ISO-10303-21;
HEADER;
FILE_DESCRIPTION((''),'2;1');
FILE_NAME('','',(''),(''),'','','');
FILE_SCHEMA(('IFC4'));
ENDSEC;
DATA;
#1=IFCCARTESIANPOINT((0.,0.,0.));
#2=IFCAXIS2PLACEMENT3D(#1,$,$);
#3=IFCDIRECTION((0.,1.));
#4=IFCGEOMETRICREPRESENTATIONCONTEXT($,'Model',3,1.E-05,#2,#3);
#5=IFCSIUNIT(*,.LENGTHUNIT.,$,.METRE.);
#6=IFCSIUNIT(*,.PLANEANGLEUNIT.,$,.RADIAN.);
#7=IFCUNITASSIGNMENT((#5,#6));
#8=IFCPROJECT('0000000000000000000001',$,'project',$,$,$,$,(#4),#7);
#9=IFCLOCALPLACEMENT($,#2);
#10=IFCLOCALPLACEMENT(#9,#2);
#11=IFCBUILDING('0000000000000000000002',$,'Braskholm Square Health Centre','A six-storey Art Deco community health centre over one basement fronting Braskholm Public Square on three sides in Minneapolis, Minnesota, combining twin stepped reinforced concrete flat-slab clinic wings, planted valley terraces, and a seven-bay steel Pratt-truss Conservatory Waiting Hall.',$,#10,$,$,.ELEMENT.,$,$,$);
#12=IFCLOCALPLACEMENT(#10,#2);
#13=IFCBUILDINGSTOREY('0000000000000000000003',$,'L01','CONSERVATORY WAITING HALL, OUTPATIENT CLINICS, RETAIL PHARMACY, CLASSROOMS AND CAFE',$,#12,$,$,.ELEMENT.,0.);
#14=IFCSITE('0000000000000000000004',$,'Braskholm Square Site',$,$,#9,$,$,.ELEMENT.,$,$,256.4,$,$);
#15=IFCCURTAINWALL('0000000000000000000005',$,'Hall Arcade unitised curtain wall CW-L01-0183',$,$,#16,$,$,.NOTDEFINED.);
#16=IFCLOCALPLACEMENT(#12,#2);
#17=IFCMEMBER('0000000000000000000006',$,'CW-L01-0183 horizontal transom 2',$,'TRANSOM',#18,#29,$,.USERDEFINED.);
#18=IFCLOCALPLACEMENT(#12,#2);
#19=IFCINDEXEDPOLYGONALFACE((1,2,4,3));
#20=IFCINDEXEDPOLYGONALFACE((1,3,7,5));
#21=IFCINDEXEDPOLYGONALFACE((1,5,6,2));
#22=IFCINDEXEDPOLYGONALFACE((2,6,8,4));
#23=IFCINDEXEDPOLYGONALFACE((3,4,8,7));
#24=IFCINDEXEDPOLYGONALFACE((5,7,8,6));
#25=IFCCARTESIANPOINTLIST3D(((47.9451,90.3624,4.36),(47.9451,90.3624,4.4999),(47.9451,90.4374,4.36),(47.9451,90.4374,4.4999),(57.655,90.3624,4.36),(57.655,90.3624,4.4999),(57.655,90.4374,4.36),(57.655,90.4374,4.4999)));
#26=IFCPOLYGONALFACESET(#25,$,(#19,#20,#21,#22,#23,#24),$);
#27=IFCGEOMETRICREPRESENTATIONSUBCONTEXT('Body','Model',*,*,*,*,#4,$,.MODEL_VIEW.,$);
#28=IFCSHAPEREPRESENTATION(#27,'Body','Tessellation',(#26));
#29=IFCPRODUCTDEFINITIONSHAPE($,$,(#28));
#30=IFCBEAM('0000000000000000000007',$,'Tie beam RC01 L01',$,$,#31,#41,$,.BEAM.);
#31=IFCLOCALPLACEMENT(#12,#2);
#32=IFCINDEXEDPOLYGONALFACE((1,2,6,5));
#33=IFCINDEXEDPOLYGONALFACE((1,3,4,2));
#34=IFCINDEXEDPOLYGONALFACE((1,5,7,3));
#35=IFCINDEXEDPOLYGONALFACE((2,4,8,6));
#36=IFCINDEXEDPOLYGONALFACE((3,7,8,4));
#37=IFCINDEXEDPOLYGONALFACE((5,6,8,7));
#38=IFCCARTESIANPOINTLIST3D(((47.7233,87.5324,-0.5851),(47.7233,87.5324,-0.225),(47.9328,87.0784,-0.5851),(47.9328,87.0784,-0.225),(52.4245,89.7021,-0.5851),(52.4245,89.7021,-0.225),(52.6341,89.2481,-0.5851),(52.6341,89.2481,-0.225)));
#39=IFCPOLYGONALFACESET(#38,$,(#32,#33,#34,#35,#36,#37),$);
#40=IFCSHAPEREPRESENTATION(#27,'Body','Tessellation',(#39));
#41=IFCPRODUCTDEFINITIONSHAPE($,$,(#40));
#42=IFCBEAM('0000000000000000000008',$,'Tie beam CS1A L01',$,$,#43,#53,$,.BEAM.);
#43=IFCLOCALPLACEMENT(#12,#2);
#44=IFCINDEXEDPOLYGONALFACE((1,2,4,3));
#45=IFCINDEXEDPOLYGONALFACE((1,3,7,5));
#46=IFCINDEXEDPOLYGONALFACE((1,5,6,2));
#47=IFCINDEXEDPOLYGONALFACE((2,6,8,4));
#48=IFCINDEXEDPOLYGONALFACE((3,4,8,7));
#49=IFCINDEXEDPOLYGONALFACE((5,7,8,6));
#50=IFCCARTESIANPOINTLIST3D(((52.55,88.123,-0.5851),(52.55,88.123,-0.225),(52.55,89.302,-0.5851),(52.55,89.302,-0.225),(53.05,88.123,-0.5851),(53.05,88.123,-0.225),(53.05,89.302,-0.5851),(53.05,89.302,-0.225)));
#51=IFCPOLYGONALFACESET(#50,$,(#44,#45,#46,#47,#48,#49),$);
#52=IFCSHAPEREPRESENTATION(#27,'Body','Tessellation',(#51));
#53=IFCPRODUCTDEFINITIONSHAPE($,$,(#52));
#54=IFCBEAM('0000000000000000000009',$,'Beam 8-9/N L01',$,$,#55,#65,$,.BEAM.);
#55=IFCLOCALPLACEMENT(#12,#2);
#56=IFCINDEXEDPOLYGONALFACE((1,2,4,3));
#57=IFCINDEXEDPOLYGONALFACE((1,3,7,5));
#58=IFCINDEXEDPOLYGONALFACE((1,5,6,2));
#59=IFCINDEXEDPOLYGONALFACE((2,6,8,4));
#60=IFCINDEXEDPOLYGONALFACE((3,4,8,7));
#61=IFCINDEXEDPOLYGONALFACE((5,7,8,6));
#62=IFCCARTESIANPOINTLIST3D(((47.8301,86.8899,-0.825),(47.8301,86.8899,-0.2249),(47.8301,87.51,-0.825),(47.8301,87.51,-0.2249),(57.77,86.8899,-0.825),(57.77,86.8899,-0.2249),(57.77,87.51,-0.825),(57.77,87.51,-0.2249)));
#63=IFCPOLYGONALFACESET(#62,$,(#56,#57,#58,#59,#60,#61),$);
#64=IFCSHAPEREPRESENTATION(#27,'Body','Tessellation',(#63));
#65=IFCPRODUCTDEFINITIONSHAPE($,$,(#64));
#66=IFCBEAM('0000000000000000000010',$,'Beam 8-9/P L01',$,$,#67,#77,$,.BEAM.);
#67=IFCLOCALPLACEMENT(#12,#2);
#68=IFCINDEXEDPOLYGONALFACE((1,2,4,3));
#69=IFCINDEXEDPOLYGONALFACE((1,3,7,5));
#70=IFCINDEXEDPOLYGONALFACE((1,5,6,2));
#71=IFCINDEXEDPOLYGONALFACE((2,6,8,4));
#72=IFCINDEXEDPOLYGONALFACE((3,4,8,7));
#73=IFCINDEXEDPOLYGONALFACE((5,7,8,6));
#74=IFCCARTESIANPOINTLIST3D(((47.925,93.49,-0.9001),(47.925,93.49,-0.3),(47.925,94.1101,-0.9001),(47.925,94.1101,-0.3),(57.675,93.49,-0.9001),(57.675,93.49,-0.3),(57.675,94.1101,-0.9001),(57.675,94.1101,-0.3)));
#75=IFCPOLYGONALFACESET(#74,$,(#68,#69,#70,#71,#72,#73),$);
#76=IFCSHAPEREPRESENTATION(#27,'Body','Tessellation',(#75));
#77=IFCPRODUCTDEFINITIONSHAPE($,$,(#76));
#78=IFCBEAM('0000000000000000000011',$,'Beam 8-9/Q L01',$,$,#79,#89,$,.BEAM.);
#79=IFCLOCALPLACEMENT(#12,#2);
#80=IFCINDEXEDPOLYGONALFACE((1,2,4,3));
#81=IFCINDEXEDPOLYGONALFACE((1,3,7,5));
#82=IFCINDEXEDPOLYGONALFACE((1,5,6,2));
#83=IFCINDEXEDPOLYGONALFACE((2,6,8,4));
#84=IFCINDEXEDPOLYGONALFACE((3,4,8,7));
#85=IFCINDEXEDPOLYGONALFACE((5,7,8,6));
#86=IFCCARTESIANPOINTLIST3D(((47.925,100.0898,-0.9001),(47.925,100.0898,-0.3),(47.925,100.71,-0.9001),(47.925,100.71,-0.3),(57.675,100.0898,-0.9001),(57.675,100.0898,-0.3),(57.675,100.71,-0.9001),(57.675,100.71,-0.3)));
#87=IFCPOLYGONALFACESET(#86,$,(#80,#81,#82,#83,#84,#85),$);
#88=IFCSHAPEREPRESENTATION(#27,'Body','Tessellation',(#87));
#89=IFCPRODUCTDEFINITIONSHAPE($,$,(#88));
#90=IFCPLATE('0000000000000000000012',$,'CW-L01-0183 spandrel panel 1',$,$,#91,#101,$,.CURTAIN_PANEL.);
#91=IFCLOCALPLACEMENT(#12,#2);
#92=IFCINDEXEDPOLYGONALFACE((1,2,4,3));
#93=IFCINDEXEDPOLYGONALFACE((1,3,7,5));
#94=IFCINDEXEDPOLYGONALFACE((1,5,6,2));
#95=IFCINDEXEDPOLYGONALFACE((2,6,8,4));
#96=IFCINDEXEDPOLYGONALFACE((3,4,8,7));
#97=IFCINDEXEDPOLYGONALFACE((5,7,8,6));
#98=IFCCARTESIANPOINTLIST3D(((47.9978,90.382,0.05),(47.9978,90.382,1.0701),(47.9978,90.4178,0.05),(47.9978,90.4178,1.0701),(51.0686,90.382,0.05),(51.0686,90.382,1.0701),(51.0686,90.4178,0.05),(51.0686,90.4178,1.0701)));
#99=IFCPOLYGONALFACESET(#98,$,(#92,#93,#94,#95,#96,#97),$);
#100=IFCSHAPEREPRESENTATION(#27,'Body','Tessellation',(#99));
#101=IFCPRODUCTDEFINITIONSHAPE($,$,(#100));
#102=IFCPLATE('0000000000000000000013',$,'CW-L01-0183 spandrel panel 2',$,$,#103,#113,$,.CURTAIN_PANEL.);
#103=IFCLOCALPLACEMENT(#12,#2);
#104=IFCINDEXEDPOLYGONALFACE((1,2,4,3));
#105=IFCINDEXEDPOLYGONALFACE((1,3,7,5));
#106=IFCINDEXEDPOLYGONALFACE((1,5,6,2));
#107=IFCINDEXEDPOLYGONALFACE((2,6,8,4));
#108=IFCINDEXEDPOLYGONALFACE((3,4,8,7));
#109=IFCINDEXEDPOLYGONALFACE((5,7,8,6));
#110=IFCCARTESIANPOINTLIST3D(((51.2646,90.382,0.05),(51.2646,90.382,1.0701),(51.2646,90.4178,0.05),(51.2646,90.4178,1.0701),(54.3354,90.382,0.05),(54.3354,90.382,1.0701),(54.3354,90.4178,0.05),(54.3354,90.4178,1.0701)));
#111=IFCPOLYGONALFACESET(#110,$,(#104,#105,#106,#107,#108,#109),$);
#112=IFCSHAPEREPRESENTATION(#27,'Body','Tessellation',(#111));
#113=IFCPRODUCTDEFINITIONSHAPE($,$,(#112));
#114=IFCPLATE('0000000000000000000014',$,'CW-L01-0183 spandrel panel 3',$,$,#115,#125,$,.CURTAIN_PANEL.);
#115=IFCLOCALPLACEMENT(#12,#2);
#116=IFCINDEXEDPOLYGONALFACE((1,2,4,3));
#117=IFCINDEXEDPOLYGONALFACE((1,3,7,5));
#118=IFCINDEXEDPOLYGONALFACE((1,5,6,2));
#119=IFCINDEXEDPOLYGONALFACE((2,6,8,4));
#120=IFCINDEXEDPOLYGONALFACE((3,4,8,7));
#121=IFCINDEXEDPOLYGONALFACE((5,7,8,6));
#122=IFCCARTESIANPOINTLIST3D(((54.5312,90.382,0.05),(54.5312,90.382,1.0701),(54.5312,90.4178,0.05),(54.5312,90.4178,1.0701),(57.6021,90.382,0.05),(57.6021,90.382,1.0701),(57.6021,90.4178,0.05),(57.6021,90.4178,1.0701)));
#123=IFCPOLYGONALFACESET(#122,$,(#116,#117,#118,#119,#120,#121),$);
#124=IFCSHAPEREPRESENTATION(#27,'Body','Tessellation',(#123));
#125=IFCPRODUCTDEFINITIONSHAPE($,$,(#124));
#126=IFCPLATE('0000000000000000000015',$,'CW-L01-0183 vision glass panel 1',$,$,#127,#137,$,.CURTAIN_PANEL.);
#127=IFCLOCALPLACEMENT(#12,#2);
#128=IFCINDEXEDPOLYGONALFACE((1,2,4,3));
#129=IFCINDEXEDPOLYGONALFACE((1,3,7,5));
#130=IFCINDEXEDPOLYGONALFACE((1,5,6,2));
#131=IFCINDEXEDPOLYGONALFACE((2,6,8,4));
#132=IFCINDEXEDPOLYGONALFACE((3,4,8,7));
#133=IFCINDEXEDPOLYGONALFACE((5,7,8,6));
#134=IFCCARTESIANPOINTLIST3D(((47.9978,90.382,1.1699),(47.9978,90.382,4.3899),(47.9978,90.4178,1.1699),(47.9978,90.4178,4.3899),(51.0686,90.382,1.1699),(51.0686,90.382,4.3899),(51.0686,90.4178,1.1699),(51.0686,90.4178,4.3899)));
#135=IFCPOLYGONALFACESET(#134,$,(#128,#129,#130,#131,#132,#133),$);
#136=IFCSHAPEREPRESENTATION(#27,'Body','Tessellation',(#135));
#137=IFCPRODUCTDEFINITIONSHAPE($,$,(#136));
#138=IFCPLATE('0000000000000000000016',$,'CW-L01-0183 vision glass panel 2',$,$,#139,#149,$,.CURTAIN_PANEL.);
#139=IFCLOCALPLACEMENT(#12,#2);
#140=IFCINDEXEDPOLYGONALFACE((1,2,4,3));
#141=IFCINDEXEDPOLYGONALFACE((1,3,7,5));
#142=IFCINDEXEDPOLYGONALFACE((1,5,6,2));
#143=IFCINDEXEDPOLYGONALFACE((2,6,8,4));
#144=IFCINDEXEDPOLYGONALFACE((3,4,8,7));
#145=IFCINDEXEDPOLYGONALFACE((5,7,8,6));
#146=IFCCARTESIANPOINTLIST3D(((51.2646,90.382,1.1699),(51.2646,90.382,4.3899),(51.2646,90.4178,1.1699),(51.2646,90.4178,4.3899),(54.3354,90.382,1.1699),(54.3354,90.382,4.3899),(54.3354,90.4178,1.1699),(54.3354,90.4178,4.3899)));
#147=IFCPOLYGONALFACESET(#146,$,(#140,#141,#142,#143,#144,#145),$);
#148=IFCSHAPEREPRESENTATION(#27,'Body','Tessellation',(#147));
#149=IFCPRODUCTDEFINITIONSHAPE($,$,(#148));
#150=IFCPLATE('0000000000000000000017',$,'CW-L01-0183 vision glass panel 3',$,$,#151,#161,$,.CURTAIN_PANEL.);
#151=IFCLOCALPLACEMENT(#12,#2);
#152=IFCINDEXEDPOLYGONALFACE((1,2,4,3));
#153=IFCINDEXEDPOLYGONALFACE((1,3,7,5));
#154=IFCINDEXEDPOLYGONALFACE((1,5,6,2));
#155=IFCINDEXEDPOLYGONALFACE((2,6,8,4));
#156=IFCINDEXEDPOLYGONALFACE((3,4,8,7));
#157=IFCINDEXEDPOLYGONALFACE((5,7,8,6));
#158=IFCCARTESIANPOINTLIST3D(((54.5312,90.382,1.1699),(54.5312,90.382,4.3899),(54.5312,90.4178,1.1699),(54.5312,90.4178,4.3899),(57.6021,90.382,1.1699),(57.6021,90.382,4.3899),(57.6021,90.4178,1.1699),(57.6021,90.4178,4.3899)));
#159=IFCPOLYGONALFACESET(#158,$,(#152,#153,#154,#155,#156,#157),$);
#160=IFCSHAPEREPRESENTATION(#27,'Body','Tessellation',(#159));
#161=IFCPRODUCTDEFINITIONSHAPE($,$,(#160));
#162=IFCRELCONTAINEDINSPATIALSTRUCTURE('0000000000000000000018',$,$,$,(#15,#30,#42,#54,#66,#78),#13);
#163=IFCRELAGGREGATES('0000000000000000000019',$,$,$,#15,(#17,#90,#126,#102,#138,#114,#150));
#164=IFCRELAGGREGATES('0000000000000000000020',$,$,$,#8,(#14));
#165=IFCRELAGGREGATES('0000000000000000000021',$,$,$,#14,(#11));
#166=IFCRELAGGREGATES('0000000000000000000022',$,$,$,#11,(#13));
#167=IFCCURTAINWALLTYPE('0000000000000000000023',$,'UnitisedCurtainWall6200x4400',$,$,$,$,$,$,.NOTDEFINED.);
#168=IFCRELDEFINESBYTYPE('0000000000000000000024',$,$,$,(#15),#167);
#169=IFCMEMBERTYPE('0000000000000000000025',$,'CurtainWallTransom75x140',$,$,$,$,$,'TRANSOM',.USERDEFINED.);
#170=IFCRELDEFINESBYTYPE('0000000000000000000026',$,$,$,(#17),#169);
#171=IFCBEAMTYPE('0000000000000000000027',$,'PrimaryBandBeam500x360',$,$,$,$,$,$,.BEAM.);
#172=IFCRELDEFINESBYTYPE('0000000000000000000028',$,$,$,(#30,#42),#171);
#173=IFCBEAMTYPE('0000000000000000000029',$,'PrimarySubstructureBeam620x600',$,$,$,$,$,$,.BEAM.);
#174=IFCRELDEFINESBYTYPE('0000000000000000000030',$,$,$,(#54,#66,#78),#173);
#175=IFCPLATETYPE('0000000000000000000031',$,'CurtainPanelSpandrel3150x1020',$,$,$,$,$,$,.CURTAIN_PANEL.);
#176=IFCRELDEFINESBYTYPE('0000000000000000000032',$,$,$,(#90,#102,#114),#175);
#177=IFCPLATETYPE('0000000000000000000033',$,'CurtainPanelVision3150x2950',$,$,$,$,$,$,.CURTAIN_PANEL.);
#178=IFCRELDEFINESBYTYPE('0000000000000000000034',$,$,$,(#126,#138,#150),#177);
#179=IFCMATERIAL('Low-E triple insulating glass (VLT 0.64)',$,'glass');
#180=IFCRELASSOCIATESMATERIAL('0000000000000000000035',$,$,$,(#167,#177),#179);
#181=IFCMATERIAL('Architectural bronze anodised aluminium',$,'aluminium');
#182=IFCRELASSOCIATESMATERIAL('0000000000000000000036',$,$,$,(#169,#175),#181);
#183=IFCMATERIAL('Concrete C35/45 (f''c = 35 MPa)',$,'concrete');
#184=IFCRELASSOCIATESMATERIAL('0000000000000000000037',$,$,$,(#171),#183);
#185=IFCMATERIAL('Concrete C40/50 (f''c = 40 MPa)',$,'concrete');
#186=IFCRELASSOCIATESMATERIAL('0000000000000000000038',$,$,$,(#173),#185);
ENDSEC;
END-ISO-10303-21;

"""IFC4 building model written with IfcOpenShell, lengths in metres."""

from ifc_helpers import new_model, si_unit, direction, frame, origin, origin_2d, place, context, subcontext, project, spatial, rectangle, extrude, material, material_profile, profile_set, type_object, element, aggregate, save


model = new_model("IFC4")

# Units and contexts
model_context = context("Model", 3, precision=1e-05, world=origin(), true_north=direction((0.0, 1.0)))
body_context = subcontext(model_context, "Body", "Model", "MODEL_VIEW")
ifc_project = project(units=[si_unit("LENGTHUNIT", "METRE"), si_unit("PLANEANGLEUNIT", "RADIAN")], contexts=[model_context])

# Site, building, storey
site_placement = place(None, origin())
site = spatial("IfcSite", under=ifc_project, at=site_placement, Name="Braskholm Square Site", CompositionType="ELEMENT", RefElevation=256.4)
building_placement = place(site_placement, origin())
building = spatial("IfcBuilding", under=site, at=building_placement, Name="Braskholm Square Health Centre", Description="A six-storey Art Deco community health centre over one basement fronting Braskholm Public Square on three sides in Minneapolis, Minnesota, combining twin stepped reinforced concrete flat-slab clinic wings, planted valley terraces, and a seven-bay steel Pratt-truss Conservatory Waiting Hall.", CompositionType="ELEMENT")
storey_placement = place(building_placement, origin())
storey = spatial("IfcBuildingStorey", under=building, at=storey_placement, Name="L01", Description="CONSERVATORY WAITING HALL, OUTPATIENT CLINICS, RETAIL PHARMACY, CLASSROOMS AND CAFE", CompositionType="ELEMENT", Elevation=0.0)

# Shared definitions
ifc_material_1 = material(Name="Concrete C40/50 (f'c = 40 MPa)", Category="concrete")

# Shared definitions
ifc_material_2 = material(Name="Low-E triple insulating glass (VLT 0.64)", Category="glass")
ifc_material_3 = material(Name="Architectural bronze anodised aluminium", Category="aluminium")

# Curtain wall
curtain_wall_type_1 = type_object("IfcCurtainWallType", Name="UnitisedCurtainWall6200x4400", PredefinedType="NOTDEFINED", material=ifc_material_2)
curtain_wall_1_placement = place(storey_placement, origin())
curtain_wall_1 = element("IfcCurtainWall", 1, at=curtain_wall_1_placement, inside=storey, type_object=curtain_wall_type_1, Name="Hall Arcade unitised curtain wall CW-L01-0183", PredefinedType="NOTDEFINED")

# Member
ifc_material_profile_1 = material_profile(ifc_material_3, rectangle(XDim=0.075, YDim=0.1399, at=origin_2d()), Name="ALU-75X140")
ifc_profile_set_1 = profile_set([ifc_material_profile_1], Name="Architectural bronze anodised aluminium")
member_type_1 = type_object("IfcMemberType", Name="CurtainWallTransom75x140", ElementType="TRANSOM", PredefinedType="USERDEFINED", material=ifc_profile_set_1)
member_1_placement = place(storey_placement, frame((47.9451, 90.3999, 4.4299), z_axis=(1.0, 0.0, 0.0), x_axis=(0.0, 1.0, 0.0)))
member_1 = element("IfcMember", 2, at=member_1_placement, type_object=member_type_1, Name="CW-L01-0183 horizontal transom 2", ObjectType="TRANSOM", PredefinedType="USERDEFINED", context=body_context, shape_type="SweptSolid", body=[
    extrude(rectangle(XDim=0.075, YDim=0.1399, at=origin_2d()), origin(), (0.0, 0.0, 1.0), 9.71),
])

# Beams
ifc_material_4 = material(Name="Concrete C35/45 (f'c = 35 MPa)", Category="concrete")
ifc_material_profile_2 = material_profile(ifc_material_4, rectangle(XDim=0.5, YDim=0.3601, at=origin_2d()), Name="RCB-500X360")
ifc_profile_set_2 = profile_set([ifc_material_profile_2], Name="Concrete C35/45 (f'c = 35 MPa)")
beam_type_1 = type_object("IfcBeamType", Name="PrimaryBandBeam500x360", PredefinedType="BEAM", material=ifc_profile_set_2)
beam_1_placement = place(storey_placement, frame((52.5293, 89.4751, -0.405), z_axis=(-0.907966, -0.419043, 0.0), x_axis=(0.419043, -0.907966, 0.0)))
element("IfcBeam", 3, at=beam_1_placement, inside=storey, type_object=beam_type_1, Name="Tie beam RC01 L01", PredefinedType="BEAM", context=body_context, shape_type="SweptSolid", body=[
    extrude(rectangle(XDim=0.5, YDim=0.3601, at=origin_2d()), origin(), (0.0, 0.0, 1.0), 5.1777),
])
beam_2_placement = place(storey_placement, frame((52.8, 88.123, -0.405), z_axis=(0.0, 1.0, 0.0), x_axis=(-1.0, 0.0, 0.0)))
element("IfcBeam", 4, at=beam_2_placement, inside=storey, type_object=beam_type_1, Name="Tie beam CS1A L01", PredefinedType="BEAM", context=body_context, shape_type="SweptSolid", body=[
    extrude(rectangle(XDim=0.5, YDim=0.3601, at=origin_2d()), origin(), (0.0, 0.0, 1.0), 1.179),
])
ifc_material_profile_3 = material_profile(ifc_material_1, rectangle(XDim=0.6201, YDim=0.6001, at=origin_2d()), Name="RCB-620X600")
ifc_profile_set_3 = profile_set([ifc_material_profile_3], Name="Concrete C40/50 (f'c = 40 MPa)")
beam_type_2 = type_object("IfcBeamType", Name="PrimarySubstructureBeam620x600", PredefinedType="BEAM", material=ifc_profile_set_3)
beam_3_placement = place(storey_placement, frame((47.8301, 87.2, -0.5249), z_axis=(1.0, 0.0, 0.0), x_axis=(0.0, 1.0, 0.0)))
element("IfcBeam", 5, at=beam_3_placement, inside=storey, type_object=beam_type_2, Name="Beam 8-9/N L01", PredefinedType="BEAM", context=body_context, shape_type="SweptSolid", body=[
    extrude(rectangle(XDim=0.6201, YDim=0.6001, at=origin_2d()), origin(), (0.0, 0.0, 1.0), 9.9399),
])
for number, where, z_axis, x_axis, name in (
    (6, (47.925, 93.8, -0.6001), (1.0, 0.0, 0.0), (0.0, 1.0, 0.0), "Beam 8-9/P L01"),
    (7, (47.925, 100.3999, -0.6001), (1.0, 0.0, 0.0), (0.0, 1.0, 0.0), "Beam 8-9/Q L01"),
):
    element("IfcBeam", number, at=place(storey_placement, frame(where, z_axis=z_axis, x_axis=x_axis)), inside=storey, type_object=beam_type_2, Name=name, PredefinedType="BEAM", context=body_context, shape_type="SweptSolid", body=[
        extrude(rectangle(XDim=0.6201, YDim=0.6001, at=origin_2d()), origin(), (0.0, 0.0, 1.0), 9.75),
    ])

# Plates
plate_type_1 = type_object("IfcPlateType", Name="CurtainPanelSpandrel3150x1020", PredefinedType="CURTAIN_PANEL", material=ifc_material_3)
plate_1_placement = place(storey_placement, frame((49.5332, 90.3999, 0.05), z_axis=(0.0, 0.0, 1.0), x_axis=(1.0, 0.0, 0.0)))
plate_1 = element("IfcPlate", 8, at=plate_1_placement, type_object=plate_type_1, Name="CW-L01-0183 spandrel panel 1", PredefinedType="CURTAIN_PANEL", context=body_context, shape_type="SweptSolid", body=[
    extrude(rectangle(XDim=3.0708, YDim=0.0359, at=origin_2d()), origin(), (0.0, 0.0, 1.0), 1.02),
])
plate_2_placement = place(storey_placement, frame((52.8, 90.3999, 0.05), z_axis=(0.0, 0.0, 1.0), x_axis=(1.0, 0.0, 0.0)))
plate_2 = element("IfcPlate", 9, at=plate_2_placement, type_object=plate_type_1, Name="CW-L01-0183 spandrel panel 2", PredefinedType="CURTAIN_PANEL", context=body_context, shape_type="SweptSolid", body=[
    extrude(rectangle(XDim=3.0708, YDim=0.0359, at=origin_2d()), origin(), (0.0, 0.0, 1.0), 1.02),
])
plate_3_placement = place(storey_placement, frame((56.0667, 90.3999, 0.05), z_axis=(0.0, 0.0, 1.0), x_axis=(1.0, 0.0, 0.0)))
plate_3 = element("IfcPlate", 10, at=plate_3_placement, type_object=plate_type_1, Name="CW-L01-0183 spandrel panel 3", PredefinedType="CURTAIN_PANEL", context=body_context, shape_type="SweptSolid", body=[
    extrude(rectangle(XDim=3.0708, YDim=0.0359, at=origin_2d()), origin(), (0.0, 0.0, 1.0), 1.02),
])
plate_type_2 = type_object("IfcPlateType", Name="CurtainPanelVision3150x2950", PredefinedType="CURTAIN_PANEL", material=ifc_material_2)
plate_4_placement = place(storey_placement, frame((49.5332, 90.3999, 1.1699), z_axis=(0.0, 0.0, 1.0), x_axis=(1.0, 0.0, 0.0)))
plate_4 = element("IfcPlate", 11, at=plate_4_placement, type_object=plate_type_2, Name="CW-L01-0183 vision glass panel 1", PredefinedType="CURTAIN_PANEL", context=body_context, shape_type="SweptSolid", body=[
    extrude(rectangle(XDim=3.0708, YDim=0.0359, at=origin_2d()), origin(), (0.0, 0.0, 1.0), 3.22),
])
plate_5_placement = place(storey_placement, frame((52.8, 90.3999, 1.1699), z_axis=(0.0, 0.0, 1.0), x_axis=(1.0, 0.0, 0.0)))
plate_5 = element("IfcPlate", 12, at=plate_5_placement, type_object=plate_type_2, Name="CW-L01-0183 vision glass panel 2", PredefinedType="CURTAIN_PANEL", context=body_context, shape_type="SweptSolid", body=[
    extrude(rectangle(XDim=3.0708, YDim=0.0359, at=origin_2d()), origin(), (0.0, 0.0, 1.0), 3.22),
])
plate_6_placement = place(storey_placement, frame((56.0667, 90.3999, 1.1699), z_axis=(0.0, 0.0, 1.0), x_axis=(1.0, 0.0, 0.0)))
plate_6 = element("IfcPlate", 13, at=plate_6_placement, type_object=plate_type_2, Name="CW-L01-0183 vision glass panel 3", PredefinedType="CURTAIN_PANEL", context=body_context, shape_type="SweptSolid", body=[
    extrude(rectangle(XDim=3.0708, YDim=0.0359, at=origin_2d()), origin(), (0.0, 0.0, 1.0), 3.22),
])
aggregate(curtain_wall_1, [member_1, plate_1, plate_4, plate_2, plate_5, plate_3, plate_6])

save(model, "model.ifc")
